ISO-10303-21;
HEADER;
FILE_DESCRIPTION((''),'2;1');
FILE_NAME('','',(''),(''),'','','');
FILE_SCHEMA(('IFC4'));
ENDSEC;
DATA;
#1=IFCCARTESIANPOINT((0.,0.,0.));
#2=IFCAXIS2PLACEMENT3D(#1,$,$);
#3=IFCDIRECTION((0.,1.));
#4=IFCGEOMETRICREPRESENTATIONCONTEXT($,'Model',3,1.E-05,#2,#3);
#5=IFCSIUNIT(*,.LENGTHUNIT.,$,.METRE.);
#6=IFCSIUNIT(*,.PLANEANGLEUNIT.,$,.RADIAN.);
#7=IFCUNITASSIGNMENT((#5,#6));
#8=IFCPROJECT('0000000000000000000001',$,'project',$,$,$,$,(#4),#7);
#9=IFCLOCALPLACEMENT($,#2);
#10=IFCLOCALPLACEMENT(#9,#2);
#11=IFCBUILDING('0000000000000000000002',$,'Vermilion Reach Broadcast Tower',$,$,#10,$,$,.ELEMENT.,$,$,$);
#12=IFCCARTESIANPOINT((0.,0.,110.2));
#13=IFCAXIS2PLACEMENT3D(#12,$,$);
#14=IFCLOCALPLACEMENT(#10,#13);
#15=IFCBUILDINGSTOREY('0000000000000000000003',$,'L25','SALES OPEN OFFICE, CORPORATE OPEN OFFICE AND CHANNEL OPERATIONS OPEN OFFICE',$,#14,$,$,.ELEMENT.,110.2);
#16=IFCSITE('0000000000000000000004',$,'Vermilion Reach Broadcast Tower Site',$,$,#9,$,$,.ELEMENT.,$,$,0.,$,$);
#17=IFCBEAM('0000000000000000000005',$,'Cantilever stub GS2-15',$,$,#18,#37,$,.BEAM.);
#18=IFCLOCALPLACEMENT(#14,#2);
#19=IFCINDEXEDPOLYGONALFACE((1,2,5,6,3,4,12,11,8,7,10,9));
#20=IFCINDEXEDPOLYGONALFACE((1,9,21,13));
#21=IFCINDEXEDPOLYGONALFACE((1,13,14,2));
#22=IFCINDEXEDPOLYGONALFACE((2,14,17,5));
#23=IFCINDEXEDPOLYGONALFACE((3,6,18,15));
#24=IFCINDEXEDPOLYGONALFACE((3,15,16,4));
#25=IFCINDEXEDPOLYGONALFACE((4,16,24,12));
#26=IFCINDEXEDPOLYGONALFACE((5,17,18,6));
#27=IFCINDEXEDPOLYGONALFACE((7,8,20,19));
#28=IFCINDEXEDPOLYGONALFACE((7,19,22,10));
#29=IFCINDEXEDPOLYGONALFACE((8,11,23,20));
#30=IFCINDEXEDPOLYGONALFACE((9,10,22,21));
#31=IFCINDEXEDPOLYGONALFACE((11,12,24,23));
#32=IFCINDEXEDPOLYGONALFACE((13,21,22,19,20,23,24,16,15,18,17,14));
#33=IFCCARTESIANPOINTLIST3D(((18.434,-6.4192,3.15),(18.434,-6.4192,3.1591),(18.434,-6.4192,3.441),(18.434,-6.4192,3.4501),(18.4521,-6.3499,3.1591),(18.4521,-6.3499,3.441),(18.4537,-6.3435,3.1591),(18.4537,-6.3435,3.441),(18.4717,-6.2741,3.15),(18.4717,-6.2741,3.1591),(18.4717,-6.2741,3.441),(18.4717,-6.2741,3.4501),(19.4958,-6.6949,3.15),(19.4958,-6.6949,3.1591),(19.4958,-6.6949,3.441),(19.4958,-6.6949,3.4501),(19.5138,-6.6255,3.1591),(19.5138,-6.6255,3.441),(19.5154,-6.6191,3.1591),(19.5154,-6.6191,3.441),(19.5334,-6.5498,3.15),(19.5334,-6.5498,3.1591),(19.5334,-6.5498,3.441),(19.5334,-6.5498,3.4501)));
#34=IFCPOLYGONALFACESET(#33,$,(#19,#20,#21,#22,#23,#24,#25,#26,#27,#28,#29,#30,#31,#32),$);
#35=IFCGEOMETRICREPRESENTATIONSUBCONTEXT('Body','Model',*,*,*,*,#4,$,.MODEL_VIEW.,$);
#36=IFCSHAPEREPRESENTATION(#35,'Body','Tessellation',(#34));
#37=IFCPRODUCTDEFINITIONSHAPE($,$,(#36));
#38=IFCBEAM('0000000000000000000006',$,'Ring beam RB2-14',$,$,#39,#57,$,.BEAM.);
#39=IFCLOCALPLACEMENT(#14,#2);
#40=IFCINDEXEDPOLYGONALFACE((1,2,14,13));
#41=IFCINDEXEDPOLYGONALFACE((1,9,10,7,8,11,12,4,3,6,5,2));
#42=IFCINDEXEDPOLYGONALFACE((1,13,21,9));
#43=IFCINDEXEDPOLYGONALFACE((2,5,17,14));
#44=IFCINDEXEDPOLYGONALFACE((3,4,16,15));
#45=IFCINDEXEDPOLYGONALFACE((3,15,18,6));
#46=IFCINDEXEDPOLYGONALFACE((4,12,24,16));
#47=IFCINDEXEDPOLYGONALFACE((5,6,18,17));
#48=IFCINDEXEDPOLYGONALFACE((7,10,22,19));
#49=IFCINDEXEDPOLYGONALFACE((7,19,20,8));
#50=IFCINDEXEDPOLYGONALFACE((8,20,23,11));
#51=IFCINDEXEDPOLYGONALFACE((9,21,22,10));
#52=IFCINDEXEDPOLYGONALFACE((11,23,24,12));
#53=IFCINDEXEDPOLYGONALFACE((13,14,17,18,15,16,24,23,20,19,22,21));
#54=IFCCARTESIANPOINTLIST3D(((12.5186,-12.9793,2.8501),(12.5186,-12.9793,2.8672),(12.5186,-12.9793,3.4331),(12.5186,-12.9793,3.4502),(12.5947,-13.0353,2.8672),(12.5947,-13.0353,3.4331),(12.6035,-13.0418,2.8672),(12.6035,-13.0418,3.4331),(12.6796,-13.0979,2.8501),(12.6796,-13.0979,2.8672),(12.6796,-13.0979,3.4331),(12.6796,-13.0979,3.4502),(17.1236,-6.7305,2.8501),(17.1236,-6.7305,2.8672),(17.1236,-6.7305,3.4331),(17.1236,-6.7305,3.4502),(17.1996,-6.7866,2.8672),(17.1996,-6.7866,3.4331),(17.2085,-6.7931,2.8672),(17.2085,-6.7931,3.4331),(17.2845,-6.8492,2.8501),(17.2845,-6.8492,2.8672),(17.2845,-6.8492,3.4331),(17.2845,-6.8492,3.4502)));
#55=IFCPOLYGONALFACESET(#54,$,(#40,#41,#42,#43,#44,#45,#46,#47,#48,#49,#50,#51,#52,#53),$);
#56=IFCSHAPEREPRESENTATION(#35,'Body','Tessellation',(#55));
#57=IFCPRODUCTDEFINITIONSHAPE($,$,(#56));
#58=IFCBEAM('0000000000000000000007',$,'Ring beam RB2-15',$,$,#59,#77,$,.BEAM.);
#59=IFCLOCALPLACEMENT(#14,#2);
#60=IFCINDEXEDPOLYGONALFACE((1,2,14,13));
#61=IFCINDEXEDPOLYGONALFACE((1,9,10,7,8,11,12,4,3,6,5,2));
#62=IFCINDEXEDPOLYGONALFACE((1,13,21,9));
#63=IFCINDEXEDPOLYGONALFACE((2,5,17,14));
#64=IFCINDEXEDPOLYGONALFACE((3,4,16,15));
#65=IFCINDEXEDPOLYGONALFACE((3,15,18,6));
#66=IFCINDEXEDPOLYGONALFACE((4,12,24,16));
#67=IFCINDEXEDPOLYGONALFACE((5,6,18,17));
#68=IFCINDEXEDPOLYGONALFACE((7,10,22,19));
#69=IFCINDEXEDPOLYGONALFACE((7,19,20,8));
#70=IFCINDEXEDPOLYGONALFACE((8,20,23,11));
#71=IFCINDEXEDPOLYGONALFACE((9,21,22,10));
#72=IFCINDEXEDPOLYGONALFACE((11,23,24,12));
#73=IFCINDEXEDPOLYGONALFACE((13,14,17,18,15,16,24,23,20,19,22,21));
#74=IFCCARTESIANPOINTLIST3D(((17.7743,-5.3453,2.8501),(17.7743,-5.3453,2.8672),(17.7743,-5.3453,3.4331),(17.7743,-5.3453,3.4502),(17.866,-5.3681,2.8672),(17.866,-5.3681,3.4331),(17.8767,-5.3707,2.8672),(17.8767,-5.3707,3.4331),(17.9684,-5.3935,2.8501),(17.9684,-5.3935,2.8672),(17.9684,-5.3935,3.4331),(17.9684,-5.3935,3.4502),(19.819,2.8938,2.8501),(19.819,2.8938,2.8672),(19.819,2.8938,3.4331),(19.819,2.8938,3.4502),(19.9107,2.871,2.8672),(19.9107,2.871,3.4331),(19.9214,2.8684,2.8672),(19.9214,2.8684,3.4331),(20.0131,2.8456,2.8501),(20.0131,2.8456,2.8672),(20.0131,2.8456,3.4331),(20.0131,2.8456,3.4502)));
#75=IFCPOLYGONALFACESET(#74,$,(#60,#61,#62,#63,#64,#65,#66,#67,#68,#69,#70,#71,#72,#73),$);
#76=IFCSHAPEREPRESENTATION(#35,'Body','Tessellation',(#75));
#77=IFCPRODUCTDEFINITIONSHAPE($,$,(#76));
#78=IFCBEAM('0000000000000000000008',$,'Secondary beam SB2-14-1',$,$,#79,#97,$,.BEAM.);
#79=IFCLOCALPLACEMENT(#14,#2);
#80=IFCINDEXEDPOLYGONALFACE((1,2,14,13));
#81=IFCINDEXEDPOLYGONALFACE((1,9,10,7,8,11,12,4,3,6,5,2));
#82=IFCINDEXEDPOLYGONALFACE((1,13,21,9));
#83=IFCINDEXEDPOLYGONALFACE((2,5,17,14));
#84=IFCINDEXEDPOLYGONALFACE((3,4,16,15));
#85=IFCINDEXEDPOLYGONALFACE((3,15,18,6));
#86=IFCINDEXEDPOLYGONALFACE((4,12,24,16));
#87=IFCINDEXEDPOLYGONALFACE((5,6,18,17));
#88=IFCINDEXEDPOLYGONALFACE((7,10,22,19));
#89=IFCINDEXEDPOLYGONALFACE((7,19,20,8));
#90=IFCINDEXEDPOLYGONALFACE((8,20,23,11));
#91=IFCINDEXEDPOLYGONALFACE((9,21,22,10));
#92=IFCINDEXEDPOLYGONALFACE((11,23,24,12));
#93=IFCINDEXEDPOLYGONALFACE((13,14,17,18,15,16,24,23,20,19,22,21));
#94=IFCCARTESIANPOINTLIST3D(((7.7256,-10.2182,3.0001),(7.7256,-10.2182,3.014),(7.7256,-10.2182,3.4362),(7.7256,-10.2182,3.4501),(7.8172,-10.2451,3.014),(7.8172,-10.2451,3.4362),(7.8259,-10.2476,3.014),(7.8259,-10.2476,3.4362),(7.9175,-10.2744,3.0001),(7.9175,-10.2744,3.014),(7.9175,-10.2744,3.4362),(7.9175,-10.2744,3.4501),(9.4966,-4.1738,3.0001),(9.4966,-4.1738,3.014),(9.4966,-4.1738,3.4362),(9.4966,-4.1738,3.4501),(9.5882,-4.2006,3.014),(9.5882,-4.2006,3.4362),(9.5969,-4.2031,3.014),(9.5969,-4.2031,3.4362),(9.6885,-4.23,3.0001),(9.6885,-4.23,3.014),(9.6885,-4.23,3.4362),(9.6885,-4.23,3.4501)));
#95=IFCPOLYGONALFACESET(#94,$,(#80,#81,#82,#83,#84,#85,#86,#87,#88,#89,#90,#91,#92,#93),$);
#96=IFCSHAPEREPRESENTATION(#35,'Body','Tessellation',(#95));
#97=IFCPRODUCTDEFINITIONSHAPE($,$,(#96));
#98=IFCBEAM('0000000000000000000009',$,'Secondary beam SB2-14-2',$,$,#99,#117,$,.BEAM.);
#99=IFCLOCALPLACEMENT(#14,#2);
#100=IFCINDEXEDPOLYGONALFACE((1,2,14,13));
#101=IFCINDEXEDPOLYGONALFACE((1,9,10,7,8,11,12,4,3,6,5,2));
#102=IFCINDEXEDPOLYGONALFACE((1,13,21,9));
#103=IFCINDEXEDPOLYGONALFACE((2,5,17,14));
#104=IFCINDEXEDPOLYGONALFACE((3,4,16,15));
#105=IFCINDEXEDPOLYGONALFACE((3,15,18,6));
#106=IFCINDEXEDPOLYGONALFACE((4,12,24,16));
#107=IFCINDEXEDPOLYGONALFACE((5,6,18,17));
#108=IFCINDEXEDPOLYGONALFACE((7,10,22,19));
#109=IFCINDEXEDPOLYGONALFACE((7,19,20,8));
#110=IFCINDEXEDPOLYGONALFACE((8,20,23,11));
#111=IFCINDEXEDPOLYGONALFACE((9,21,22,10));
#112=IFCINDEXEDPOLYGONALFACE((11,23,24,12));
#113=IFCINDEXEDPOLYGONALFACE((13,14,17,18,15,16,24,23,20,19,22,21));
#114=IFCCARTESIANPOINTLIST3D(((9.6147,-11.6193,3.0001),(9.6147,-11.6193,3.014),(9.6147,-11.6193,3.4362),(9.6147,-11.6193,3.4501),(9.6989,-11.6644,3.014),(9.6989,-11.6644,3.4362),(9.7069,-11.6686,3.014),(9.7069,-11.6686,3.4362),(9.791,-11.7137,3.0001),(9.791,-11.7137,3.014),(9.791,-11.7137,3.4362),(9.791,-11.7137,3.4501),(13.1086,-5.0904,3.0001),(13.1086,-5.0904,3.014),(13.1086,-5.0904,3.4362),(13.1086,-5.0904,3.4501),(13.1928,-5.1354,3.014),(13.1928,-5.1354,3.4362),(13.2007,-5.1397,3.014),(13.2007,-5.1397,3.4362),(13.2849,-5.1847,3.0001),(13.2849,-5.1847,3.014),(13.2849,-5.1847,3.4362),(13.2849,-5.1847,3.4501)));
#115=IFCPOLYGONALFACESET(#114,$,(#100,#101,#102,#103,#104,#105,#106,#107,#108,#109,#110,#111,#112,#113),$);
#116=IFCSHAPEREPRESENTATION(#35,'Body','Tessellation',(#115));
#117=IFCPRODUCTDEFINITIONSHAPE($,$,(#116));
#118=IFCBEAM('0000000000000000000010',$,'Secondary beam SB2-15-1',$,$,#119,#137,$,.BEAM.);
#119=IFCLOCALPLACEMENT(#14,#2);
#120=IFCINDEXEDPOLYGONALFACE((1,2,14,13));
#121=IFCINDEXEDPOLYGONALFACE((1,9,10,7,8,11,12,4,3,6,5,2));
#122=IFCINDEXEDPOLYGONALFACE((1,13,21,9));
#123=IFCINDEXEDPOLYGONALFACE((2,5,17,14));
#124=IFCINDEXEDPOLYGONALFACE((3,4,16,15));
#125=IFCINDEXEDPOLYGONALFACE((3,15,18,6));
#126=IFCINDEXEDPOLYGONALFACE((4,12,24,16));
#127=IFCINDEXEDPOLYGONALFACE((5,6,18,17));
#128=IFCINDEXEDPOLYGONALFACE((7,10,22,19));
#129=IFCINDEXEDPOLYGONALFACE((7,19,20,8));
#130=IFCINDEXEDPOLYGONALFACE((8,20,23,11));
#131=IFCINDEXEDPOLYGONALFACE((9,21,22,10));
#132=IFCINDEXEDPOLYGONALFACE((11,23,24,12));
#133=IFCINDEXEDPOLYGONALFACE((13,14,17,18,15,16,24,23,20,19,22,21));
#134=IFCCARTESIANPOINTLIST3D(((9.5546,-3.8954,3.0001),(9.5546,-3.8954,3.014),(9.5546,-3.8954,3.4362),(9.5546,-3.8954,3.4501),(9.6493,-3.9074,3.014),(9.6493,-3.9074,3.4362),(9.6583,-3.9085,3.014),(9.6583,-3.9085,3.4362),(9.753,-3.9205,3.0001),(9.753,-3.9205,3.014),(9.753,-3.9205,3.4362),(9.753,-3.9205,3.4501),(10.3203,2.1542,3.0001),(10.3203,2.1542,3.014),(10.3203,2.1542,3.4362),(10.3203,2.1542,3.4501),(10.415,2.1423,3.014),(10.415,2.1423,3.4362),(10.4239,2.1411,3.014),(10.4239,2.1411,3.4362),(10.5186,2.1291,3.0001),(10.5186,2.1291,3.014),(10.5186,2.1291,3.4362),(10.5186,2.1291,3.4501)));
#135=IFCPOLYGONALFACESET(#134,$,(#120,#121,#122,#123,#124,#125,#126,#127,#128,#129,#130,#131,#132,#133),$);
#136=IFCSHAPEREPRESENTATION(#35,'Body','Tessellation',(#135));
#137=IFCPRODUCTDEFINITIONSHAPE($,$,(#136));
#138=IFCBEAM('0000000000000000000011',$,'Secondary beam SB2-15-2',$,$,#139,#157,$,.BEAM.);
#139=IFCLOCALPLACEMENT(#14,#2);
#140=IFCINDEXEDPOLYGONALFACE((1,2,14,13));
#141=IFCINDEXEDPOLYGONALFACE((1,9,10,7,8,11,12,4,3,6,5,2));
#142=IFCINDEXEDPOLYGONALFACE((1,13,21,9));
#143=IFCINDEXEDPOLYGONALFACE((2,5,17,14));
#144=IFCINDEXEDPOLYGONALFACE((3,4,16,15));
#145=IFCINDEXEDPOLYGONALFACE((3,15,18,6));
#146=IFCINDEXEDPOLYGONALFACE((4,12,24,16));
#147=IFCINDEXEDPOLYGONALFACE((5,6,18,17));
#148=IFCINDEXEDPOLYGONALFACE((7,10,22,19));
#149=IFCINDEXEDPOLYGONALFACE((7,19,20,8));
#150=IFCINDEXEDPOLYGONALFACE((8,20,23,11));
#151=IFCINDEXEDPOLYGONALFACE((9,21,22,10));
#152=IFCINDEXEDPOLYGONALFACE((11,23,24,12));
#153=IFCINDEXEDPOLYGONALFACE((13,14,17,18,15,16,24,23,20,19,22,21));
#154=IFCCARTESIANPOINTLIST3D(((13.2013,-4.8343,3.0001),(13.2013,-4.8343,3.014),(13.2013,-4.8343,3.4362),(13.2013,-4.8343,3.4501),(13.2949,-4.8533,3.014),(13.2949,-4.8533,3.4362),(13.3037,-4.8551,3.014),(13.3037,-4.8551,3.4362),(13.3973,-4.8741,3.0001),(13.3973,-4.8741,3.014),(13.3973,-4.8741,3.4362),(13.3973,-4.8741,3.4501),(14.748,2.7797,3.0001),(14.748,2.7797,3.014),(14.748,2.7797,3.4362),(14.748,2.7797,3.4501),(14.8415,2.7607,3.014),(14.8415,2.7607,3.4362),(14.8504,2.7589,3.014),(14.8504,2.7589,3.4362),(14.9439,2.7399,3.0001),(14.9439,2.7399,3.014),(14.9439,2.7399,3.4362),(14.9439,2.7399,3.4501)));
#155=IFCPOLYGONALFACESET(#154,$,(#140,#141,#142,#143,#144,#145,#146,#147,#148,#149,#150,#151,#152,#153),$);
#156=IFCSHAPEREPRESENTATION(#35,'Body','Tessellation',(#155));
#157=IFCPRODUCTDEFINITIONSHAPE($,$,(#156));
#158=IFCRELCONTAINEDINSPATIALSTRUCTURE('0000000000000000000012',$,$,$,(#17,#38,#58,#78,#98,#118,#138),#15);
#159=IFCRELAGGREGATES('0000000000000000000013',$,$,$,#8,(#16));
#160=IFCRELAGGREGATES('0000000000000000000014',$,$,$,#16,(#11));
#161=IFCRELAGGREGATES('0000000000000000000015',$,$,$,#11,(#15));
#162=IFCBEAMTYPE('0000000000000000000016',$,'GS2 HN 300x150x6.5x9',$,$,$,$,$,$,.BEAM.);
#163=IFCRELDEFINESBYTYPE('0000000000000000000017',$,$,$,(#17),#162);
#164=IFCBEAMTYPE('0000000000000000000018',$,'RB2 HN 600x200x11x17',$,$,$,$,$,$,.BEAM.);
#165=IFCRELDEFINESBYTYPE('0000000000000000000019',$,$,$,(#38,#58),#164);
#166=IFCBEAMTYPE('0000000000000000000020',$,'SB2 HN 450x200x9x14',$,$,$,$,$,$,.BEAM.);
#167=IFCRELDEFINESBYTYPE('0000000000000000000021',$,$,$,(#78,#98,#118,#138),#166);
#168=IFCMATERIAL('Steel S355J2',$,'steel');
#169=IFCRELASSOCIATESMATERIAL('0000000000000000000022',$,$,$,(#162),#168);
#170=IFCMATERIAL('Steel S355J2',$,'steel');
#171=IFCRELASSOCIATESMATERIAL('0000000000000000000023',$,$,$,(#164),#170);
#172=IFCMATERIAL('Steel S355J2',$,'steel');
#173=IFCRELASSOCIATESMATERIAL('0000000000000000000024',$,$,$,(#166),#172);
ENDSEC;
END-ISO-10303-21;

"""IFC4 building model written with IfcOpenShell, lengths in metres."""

from ifc_helpers import new_model, si_unit, direction, frame, origin, origin_2d, place, context, subcontext, project, spatial, i_section, extrude, material, material_profile, profile_set, type_object, element, save


model = new_model("IFC4")

# Units and contexts
model_context = context("Model", 3, precision=1e-05, world=origin(), true_north=direction((0.0, 1.0)))
body_context = subcontext(model_context, "Body", "Model", "MODEL_VIEW")
ifc_project = project(units=[si_unit("LENGTHUNIT", "METRE"), si_unit("PLANEANGLEUNIT", "RADIAN")], contexts=[model_context])

# Site, building, storey
site_placement = place(None, origin())
site = spatial("IfcSite", under=ifc_project, at=site_placement, Name="Vermilion Reach Broadcast Tower Site", CompositionType="ELEMENT", RefElevation=0.0)
building_placement = place(site_placement, origin())
building = spatial("IfcBuilding", under=site, at=building_placement, Name="Vermilion Reach Broadcast Tower", CompositionType="ELEMENT")
storey_placement = place(building_placement, frame((0.0, 0.0, 110.2)))
storey = spatial("IfcBuildingStorey", under=building, at=storey_placement, Name="L25", Description="SALES OPEN OFFICE, CORPORATE OPEN OFFICE AND CHANNEL OPERATIONS OPEN OFFICE", CompositionType="ELEMENT", Elevation=110.2)

# Beams
ifc_material_1 = material(Name="Steel S355J2", Category="steel")
ifc_material_profile_1 = material_profile(ifc_material_1, i_section(OverallWidth=0.1499, OverallDepth=0.3, WebThickness=0.0066, FlangeThickness=0.009, at=origin_2d()), Name="S355J2 HN 300x150x6.5x9")
ifc_profile_set_1 = profile_set([ifc_material_profile_1], Name="Steel S355J2")
beam_type_1 = type_object("IfcBeamType", Name="GS2 HN 300x150x6.5x9", PredefinedType="BEAM", material=ifc_profile_set_1)
beam_1_placement = place(storey_placement, frame((18.4529, -6.3467, 3.3), z_axis=(0.967917, -0.251271, 0.0), x_axis=(0.251271, 0.967917, 0.0)))
element("IfcBeam", 1, at=beam_1_placement, inside=storey, type_object=beam_type_1, Name="Cantilever stub GS2-15", PredefinedType="BEAM", context=body_context, shape_type="SweptSolid", body=[
    extrude(i_section(OverallWidth=0.1499, OverallDepth=0.3, WebThickness=0.0066, FlangeThickness=0.009, at=origin_2d()), origin(), (0.0, 0.0, 1.0), 1.0969),
])
ifc_material_2 = material(Name="Steel S355J2", Category="steel")
ifc_material_profile_2 = material_profile(ifc_material_2, i_section(OverallWidth=0.2, OverallDepth=0.6001, WebThickness=0.011, FlangeThickness=0.0171, at=origin_2d()), Name="S355J2 HN 600x200x11x17")
ifc_profile_set_2 = profile_set([ifc_material_profile_2], Name="Steel S355J2")
beam_type_2 = type_object("IfcBeamType", Name="RB2 HN 600x200x11x17", PredefinedType="BEAM", material=ifc_profile_set_2)
beam_2_placement = place(storey_placement, frame((12.5991, -13.0386, 3.1501), z_axis=(0.593251, 0.805018, 0.0), x_axis=(-0.805018, 0.593251, 0.0)))
element("IfcBeam", 2, at=beam_2_placement, inside=storey, type_object=beam_type_2, Name="Ring beam RB2-14", PredefinedType="BEAM", context=body_context, shape_type="SweptSolid", body=[
    extrude(i_section(OverallWidth=0.2, OverallDepth=0.6001, WebThickness=0.011, FlangeThickness=0.0171, at=origin_2d()), origin(), (0.0, 0.0, 1.0), 7.7622),
])
beam_3_placement = place(storey_placement, frame((17.8713, -5.3694, 3.1501), z_axis=(0.240864, 0.970559, 0.0), x_axis=(-0.970559, 0.240864, 0.0)))
element("IfcBeam", 3, at=beam_3_placement, inside=storey, type_object=beam_type_2, Name="Ring beam RB2-15", PredefinedType="BEAM", context=body_context, shape_type="SweptSolid", body=[
    extrude(i_section(OverallWidth=0.2, OverallDepth=0.6001, WebThickness=0.011, FlangeThickness=0.0171, at=origin_2d()), origin(), (0.0, 0.0, 1.0), 8.489),
])
ifc_material_3 = material(Name="Steel S355J2", Category="steel")
ifc_material_profile_3 = material_profile(ifc_material_3, i_section(OverallWidth=0.2, OverallDepth=0.45, WebThickness=0.009, FlangeThickness=0.0139, at=origin_2d()), Name="S355J2 HN 450x200x9x14")
ifc_profile_set_3 = profile_set([ifc_material_profile_3], Name="Steel S355J2")
beam_type_3 = type_object("IfcBeamType", Name="SB2 HN 450x200x9x14", PredefinedType="BEAM", material=ifc_profile_set_3)
beam_4_placement = place(storey_placement, frame((7.8215, -10.2463, 3.2251), z_axis=(0.281176, 0.959656, 0.0), x_axis=(-0.959656, 0.281176, 0.0)))
element("IfcBeam", 4, at=beam_4_placement, inside=storey, type_object=beam_type_3, Name="Secondary beam SB2-14-1", PredefinedType="BEAM", context=body_context, shape_type="SweptSolid", body=[
    extrude(i_section(OverallWidth=0.2, OverallDepth=0.45, WebThickness=0.009, FlangeThickness=0.0139, at=origin_2d()), origin(), (0.0, 0.0, 1.0), 6.2986),
])
beam_5_placement = place(storey_placement, frame((9.7029, -11.6665, 3.2251), z_axis=(0.471822, 0.881694, 0.0), x_axis=(-0.881694, 0.471822, 0.0)))
element("IfcBeam", 5, at=beam_5_placement, inside=storey, type_object=beam_type_3, Name="Secondary beam SB2-14-2", PredefinedType="BEAM", context=body_context, shape_type="SweptSolid", body=[
    extrude(i_section(OverallWidth=0.2, OverallDepth=0.45, WebThickness=0.009, FlangeThickness=0.0139, at=origin_2d()), origin(), (0.0, 0.0, 1.0), 7.405),
])
beam_6_placement = place(storey_placement, frame((9.6538, -3.908, 3.2251), z_axis=(0.125557, 0.992086, 0.0), x_axis=(-0.992086, 0.125557, 0.0)))
element("IfcBeam", 6, at=beam_6_placement, inside=storey, type_object=beam_type_3, Name="Secondary beam SB2-15-1", PredefinedType="BEAM", context=body_context, shape_type="SweptSolid", body=[
    extrude(i_section(OverallWidth=0.2, OverallDepth=0.45, WebThickness=0.009, FlangeThickness=0.0139, at=origin_2d()), origin(), (0.0, 0.0, 1.0), 6.0979),
])
beam_7_placement = place(storey_placement, frame((13.2993, -4.8542, 3.2251), z_axis=(0.199064, 0.979986, 0.0), x_axis=(-0.979986, 0.199064, 0.0)))
element("IfcBeam", 7, at=beam_7_placement, inside=storey, type_object=beam_type_3, Name="Secondary beam SB2-15-2", PredefinedType="BEAM", context=body_context, shape_type="SweptSolid", body=[
    extrude(i_section(OverallWidth=0.2, OverallDepth=0.45, WebThickness=0.009, FlangeThickness=0.0139, at=origin_2d()), origin(), (0.0, 0.0, 1.0), 7.7695),
])

save(model, "model.ifc")
